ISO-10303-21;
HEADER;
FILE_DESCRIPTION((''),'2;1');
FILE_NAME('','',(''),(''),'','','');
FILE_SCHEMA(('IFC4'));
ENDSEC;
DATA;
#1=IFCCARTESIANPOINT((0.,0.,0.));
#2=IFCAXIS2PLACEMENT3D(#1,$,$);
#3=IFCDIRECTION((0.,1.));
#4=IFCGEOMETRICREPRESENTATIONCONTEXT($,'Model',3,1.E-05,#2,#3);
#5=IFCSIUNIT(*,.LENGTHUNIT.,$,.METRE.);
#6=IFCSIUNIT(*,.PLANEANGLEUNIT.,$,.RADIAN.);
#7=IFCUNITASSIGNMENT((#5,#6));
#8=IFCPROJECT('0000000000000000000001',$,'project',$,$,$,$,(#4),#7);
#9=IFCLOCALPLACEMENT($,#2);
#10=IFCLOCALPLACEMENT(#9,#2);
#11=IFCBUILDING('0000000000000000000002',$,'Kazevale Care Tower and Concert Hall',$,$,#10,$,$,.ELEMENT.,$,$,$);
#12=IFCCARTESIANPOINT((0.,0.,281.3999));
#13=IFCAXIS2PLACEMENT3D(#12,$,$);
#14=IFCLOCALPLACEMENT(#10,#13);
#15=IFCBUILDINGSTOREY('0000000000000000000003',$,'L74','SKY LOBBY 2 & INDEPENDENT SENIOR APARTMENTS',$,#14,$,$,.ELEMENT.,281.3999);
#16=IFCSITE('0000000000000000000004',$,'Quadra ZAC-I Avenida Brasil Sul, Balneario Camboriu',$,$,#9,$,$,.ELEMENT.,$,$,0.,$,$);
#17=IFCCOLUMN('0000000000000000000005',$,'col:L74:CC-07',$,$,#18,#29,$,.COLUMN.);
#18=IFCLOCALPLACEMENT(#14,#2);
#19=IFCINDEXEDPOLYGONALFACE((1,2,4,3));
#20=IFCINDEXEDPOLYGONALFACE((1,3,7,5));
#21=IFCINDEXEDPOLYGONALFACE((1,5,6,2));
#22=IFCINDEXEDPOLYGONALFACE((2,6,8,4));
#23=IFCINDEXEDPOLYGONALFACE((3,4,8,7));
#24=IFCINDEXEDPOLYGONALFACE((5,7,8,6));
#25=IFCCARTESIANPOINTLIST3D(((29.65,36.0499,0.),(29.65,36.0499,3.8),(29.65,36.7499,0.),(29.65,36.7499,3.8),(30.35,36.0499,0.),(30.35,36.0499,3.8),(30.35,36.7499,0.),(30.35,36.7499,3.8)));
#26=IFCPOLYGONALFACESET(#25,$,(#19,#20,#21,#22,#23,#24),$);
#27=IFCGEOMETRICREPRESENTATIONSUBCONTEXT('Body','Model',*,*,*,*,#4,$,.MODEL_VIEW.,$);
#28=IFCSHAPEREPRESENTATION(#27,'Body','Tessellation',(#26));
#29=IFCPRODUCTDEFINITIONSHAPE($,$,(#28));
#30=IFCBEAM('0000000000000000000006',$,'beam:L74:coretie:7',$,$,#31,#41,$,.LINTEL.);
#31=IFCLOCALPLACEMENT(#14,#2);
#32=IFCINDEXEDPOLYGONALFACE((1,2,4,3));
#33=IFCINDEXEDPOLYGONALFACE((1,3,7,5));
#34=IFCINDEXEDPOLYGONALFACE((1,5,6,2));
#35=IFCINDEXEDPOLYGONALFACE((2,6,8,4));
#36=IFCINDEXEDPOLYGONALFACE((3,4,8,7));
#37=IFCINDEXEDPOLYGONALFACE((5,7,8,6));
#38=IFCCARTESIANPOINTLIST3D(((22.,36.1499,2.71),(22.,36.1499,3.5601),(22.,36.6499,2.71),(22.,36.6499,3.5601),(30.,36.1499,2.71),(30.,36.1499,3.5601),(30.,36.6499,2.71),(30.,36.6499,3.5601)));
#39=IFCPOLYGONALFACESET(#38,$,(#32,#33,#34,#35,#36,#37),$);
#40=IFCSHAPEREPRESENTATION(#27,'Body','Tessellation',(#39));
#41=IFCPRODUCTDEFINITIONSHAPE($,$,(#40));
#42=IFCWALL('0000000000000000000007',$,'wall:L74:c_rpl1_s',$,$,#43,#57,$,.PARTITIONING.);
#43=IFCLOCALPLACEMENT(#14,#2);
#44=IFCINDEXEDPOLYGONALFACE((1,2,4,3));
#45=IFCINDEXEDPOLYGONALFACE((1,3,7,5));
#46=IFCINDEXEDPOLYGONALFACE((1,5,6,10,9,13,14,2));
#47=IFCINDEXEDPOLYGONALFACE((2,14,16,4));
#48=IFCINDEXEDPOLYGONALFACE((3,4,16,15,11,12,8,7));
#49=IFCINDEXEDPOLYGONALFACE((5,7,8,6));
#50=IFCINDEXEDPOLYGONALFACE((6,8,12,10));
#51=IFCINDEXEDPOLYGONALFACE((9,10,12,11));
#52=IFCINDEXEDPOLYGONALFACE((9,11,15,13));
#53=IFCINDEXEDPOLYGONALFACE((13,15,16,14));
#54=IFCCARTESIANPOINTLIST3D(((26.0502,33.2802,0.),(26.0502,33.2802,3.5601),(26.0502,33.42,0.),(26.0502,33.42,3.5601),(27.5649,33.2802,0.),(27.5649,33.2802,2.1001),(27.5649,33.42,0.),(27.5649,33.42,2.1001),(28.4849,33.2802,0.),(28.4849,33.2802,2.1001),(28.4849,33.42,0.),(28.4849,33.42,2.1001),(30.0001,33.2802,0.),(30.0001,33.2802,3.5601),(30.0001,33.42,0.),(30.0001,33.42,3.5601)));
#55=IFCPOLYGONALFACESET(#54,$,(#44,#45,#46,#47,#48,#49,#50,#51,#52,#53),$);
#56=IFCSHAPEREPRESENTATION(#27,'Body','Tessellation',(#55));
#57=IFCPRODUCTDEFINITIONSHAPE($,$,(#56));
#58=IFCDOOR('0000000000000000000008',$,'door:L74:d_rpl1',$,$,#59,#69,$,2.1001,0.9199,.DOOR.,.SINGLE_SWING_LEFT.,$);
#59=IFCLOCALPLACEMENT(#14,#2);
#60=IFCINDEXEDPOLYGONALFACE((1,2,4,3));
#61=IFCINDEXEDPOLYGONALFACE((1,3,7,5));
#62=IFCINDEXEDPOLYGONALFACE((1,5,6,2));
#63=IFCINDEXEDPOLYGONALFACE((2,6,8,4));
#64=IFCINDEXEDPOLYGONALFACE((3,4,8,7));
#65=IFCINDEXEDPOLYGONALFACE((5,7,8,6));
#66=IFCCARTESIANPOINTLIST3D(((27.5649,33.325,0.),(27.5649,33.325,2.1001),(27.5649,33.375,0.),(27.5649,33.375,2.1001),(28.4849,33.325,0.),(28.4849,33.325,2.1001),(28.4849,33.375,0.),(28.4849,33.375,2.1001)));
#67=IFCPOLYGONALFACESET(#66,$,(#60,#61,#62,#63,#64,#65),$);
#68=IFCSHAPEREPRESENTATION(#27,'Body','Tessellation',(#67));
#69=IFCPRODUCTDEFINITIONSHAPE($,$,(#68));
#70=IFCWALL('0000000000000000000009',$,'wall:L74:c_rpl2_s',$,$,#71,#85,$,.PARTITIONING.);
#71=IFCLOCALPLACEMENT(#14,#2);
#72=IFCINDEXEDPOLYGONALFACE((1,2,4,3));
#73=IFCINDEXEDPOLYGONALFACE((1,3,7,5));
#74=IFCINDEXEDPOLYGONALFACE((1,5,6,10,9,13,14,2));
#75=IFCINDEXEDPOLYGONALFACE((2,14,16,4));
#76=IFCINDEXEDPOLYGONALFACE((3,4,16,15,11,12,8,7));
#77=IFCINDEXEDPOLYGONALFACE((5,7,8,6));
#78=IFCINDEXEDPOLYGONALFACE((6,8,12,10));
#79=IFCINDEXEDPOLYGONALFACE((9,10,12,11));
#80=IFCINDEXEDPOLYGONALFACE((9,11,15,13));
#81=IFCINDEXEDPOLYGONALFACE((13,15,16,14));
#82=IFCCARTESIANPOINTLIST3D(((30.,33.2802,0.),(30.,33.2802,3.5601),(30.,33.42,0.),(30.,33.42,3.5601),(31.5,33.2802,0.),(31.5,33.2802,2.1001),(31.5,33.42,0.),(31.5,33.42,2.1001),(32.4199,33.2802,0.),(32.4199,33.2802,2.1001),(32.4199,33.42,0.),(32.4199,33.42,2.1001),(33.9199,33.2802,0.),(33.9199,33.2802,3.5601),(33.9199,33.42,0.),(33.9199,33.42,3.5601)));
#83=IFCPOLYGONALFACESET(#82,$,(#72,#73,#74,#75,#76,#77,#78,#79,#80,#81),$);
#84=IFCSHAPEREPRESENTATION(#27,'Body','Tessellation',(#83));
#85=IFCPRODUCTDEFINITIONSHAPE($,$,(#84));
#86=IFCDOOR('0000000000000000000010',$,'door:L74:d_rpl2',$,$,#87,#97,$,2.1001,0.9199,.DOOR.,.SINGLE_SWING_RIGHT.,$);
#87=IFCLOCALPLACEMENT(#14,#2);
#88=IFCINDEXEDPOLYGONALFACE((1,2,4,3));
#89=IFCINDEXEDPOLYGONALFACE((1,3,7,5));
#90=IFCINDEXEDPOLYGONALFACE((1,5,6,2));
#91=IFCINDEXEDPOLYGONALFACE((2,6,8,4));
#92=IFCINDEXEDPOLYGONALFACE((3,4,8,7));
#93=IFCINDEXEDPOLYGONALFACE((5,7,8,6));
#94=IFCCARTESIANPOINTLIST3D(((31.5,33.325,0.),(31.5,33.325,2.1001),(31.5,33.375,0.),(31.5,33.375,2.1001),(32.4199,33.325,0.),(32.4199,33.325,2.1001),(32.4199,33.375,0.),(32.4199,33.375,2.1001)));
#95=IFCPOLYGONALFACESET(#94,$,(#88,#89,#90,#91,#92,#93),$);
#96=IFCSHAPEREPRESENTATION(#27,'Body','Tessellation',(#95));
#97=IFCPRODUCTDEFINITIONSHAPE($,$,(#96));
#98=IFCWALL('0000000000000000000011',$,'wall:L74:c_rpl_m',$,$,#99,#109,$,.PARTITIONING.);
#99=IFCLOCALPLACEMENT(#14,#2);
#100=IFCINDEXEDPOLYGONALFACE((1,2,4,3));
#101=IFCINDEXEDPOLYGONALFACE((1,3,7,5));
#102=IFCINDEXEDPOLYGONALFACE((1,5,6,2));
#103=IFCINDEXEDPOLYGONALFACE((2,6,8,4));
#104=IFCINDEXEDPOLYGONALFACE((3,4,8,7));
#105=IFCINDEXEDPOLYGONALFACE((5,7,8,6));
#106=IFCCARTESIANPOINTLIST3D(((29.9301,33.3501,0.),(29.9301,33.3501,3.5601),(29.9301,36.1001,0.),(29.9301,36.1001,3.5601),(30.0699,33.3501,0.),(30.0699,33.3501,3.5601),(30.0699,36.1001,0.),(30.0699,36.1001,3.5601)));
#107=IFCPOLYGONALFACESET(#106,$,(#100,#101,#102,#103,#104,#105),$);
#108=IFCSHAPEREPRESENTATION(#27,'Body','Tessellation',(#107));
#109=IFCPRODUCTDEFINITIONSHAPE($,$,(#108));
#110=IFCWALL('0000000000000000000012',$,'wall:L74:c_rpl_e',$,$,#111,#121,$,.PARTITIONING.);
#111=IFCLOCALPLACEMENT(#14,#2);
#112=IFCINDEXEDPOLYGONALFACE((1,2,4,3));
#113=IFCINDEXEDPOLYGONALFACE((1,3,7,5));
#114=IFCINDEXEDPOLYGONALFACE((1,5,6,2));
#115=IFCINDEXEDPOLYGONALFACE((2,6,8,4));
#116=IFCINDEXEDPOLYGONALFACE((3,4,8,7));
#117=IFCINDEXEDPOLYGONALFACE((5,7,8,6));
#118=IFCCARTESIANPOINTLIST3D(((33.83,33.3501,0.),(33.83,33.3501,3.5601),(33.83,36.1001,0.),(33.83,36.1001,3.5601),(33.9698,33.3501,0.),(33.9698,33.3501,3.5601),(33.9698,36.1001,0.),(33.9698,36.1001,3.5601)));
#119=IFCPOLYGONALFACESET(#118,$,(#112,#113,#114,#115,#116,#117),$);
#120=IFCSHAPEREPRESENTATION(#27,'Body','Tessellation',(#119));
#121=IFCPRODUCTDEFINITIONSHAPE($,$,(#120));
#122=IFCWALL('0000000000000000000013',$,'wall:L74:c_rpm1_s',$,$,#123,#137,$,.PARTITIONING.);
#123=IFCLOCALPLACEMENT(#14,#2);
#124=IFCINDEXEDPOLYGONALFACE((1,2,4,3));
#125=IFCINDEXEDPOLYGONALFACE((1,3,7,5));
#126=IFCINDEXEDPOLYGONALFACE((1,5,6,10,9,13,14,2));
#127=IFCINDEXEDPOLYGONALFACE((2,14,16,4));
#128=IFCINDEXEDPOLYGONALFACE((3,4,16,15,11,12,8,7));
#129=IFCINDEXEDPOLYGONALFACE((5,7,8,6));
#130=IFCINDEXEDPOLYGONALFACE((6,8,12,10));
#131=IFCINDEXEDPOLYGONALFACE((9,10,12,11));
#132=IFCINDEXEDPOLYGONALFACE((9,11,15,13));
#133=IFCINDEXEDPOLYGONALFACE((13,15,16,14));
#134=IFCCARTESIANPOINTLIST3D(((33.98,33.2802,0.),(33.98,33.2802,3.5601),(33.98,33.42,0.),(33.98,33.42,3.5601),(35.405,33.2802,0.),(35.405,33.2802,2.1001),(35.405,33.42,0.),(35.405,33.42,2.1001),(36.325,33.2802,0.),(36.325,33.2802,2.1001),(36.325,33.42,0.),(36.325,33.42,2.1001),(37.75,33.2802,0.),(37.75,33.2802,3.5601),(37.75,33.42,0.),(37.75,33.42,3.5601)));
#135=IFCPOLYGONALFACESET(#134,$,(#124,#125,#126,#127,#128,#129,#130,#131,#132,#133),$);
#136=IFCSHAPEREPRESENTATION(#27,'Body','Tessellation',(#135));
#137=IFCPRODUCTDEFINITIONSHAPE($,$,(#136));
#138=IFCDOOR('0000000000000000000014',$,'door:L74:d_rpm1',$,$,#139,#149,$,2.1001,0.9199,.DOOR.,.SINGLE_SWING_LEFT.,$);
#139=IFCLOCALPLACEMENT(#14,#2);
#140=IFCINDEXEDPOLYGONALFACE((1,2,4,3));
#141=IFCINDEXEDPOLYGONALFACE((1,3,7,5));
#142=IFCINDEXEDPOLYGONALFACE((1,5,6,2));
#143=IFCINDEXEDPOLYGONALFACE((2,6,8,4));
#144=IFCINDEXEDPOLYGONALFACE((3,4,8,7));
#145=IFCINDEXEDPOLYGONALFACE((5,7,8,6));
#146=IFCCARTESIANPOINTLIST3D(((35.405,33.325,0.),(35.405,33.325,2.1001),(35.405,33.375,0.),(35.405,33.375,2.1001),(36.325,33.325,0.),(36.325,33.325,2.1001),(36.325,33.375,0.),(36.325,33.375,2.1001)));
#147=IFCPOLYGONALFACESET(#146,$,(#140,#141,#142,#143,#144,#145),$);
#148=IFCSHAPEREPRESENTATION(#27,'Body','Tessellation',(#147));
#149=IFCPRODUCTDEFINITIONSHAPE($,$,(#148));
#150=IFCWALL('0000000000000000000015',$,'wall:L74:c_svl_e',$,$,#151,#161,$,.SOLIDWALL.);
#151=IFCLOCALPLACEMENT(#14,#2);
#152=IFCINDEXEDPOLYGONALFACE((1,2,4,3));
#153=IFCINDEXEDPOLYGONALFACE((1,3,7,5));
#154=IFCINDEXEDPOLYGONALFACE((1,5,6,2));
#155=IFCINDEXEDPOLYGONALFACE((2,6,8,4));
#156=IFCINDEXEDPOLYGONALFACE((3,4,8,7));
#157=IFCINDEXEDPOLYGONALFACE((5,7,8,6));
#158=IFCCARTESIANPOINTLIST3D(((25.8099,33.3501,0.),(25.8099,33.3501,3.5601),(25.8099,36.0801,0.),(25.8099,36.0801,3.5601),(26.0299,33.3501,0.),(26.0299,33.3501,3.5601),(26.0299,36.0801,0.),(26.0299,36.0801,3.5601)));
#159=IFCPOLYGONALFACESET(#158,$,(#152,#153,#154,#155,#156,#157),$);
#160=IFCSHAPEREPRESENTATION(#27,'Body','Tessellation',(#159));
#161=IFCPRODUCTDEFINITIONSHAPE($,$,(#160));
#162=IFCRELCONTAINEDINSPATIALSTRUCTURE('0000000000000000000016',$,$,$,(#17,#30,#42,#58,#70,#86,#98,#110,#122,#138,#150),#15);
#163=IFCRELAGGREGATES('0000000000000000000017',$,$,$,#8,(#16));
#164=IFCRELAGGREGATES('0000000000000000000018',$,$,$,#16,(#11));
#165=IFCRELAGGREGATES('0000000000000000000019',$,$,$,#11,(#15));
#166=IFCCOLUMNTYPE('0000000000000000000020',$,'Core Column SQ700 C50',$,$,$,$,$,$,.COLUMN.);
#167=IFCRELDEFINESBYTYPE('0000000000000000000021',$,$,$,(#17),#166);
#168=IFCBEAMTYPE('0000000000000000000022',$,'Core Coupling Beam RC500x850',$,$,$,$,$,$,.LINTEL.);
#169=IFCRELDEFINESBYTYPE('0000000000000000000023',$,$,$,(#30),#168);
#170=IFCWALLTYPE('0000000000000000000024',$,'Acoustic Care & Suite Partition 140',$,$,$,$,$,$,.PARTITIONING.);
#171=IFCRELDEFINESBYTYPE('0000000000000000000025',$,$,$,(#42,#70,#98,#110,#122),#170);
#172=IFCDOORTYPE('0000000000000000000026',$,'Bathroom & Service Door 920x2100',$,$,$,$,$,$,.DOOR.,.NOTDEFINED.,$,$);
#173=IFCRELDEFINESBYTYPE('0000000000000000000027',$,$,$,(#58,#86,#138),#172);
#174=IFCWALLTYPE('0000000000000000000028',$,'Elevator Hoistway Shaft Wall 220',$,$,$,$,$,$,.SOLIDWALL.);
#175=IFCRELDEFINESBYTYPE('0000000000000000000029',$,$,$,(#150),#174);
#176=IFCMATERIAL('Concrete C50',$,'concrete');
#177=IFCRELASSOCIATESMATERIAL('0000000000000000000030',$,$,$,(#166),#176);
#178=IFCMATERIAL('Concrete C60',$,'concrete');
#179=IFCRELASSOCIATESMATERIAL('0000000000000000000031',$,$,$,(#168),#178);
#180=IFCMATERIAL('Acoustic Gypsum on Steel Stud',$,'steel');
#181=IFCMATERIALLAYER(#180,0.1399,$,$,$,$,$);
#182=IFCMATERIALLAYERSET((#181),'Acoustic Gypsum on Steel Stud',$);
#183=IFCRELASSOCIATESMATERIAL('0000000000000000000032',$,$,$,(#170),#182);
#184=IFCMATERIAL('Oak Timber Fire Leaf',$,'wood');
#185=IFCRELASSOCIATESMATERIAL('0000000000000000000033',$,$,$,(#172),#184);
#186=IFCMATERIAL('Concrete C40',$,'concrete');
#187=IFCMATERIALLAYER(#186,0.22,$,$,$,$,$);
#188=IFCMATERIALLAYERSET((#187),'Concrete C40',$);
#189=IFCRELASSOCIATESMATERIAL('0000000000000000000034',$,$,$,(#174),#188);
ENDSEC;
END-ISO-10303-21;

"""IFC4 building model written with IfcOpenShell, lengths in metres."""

from ifc_helpers import new_model, si_unit, direction, frame, frame_2d, origin, origin_2d, place, context, subcontext, project, spatial, rectangle, extrude, material, layer, layer_set, material_profile, profile_set, type_object, element, fill, save


model = new_model("IFC4")

# Units and contexts
model_context = context("Model", 3, precision=1e-05, world=origin(), true_north=direction((0.0, 1.0)))
body_context = subcontext(model_context, "Body", "Model", "MODEL_VIEW")
ifc_project = project(units=[si_unit("LENGTHUNIT", "METRE"), si_unit("PLANEANGLEUNIT", "RADIAN")], contexts=[model_context])

# Site, building, storey
site_placement = place(None, origin())
site = spatial("IfcSite", under=ifc_project, at=site_placement, Name="Quadra ZAC-I Avenida Brasil Sul, Balneario Camboriu", CompositionType="ELEMENT", RefElevation=0.0)
building_placement = place(site_placement, origin())
building = spatial("IfcBuilding", under=site, at=building_placement, Name="Kazevale Care Tower and Concert Hall", CompositionType="ELEMENT")
storey_placement = place(building_placement, frame((0.0, 0.0, 281.3999)))
storey = spatial("IfcBuildingStorey", under=building, at=storey_placement, Name="L74", Description="SKY LOBBY 2 & INDEPENDENT SENIOR APARTMENTS", CompositionType="ELEMENT", Elevation=281.3999)

# Column
ifc_material_1 = material(Name="Concrete C50", Category="concrete")
ifc_material_profile_1 = material_profile(ifc_material_1, rectangle(XDim=0.7, YDim=0.7, at=origin_2d()), Name="RC-SQ700")
ifc_profile_set_1 = profile_set([ifc_material_profile_1], Name="Concrete C50")
column_type = type_object("IfcColumnType", Name="Core Column SQ700 C50", PredefinedType="COLUMN", material=ifc_profile_set_1)
column_placement = place(storey_placement, frame((30.0, 36.3999, 0.0), z_axis=(0.0, 0.0, 1.0), x_axis=(1.0, 0.0, 0.0)))
element("IfcColumn", 1, at=column_placement, inside=storey, type_object=column_type, Name="col:L74:CC-07", PredefinedType="COLUMN", context=body_context, shape_type="SweptSolid", body=[
    extrude(rectangle(XDim=0.7, YDim=0.7, at=origin_2d()), origin(), (0.0, 0.0, 1.0), 3.8),
])

# Beam
ifc_material_2 = material(Name="Concrete C60", Category="concrete")
ifc_material_profile_2 = material_profile(ifc_material_2, rectangle(XDim=0.5, YDim=0.8501, at=origin_2d()), Name="RC-B500x850")
ifc_profile_set_2 = profile_set([ifc_material_profile_2], Name="Concrete C60")
beam_type = type_object("IfcBeamType", Name="Core Coupling Beam RC500x850", PredefinedType="LINTEL", material=ifc_profile_set_2)
beam_placement = place(storey_placement, frame((30.0, 36.3999, 3.135), z_axis=(-1.0, 0.0, 0.0), x_axis=(0.0, -1.0, 0.0)))
element("IfcBeam", 2, at=beam_placement, inside=storey, type_object=beam_type, Name="beam:L74:coretie:7", PredefinedType="LINTEL", context=body_context, shape_type="SweptSolid", body=[
    extrude(rectangle(XDim=0.5, YDim=0.8501, at=origin_2d()), origin(), (0.0, 0.0, 1.0), 8.0),
])

# Walls, openings, doors
ifc_material_3 = material(Name="Acoustic Gypsum on Steel Stud", Category="steel")
ifc_layer_1 = layer(ifc_material_3, 0.1399)
ifc_layer_set_1 = layer_set([ifc_layer_1], Name="Acoustic Gypsum on Steel Stud")
wall_type_1 = type_object("IfcWallType", Name="Acoustic Care & Suite Partition 140", PredefinedType="PARTITIONING", material=ifc_layer_set_1)
wall_1_placement = place(storey_placement, frame((26.05, 33.3501, 0.0), z_axis=(0.0, 0.0, 1.0), x_axis=(1.0, 0.0, 0.0)))
wall_1 = element("IfcWall", 3, at=wall_1_placement, inside=storey, type_object=wall_type_1, Name="wall:L74:c_rpl1_s", PredefinedType="PARTITIONING", context=body_context, shape_type="SweptSolid", body=[
    extrude(rectangle(XDim=3.95, YDim=0.1399, at=frame_2d((1.9751, 0.0))), origin(), (0.0, 0.0, 1.0), 3.5601),
])
opening_1_placement = place(wall_1_placement, frame((1.5149, 0.0, 0.0)))
opening_1 = element("IfcOpeningElement", 4, at=opening_1_placement, cuts=wall_1, PredefinedType="OPENING", context=body_context, shape_type="SweptSolid", body=[
    extrude(rectangle(XDim=0.9199, YDim=2.1001, at=frame_2d((0.46, 1.05))), frame((0.0, 0.0798, 0.0), z_axis=(0.0, -1.0, 0.0), x_axis=(1.0, 0.0, 0.0)), (0.0, 0.0, 1.0), 0.1599),
])
ifc_material_4 = material(Name="Oak Timber Fire Leaf", Category="wood")
door_type_1 = type_object("IfcDoorType", Name="Bathroom & Service Door 920x2100", OperationType="NOTDEFINED", PredefinedType="DOOR", material=ifc_material_4)
door_1_placement = place(opening_1_placement, origin())
door_1 = element("IfcDoor", 5, at=door_1_placement, inside=storey, type_object=door_type_1, Name="door:L74:d_rpl1", OperationType="SINGLE_SWING_LEFT", OverallHeight=2.1001, OverallWidth=0.9199, PredefinedType="DOOR", context=body_context, shape_type="SweptSolid", body=[
    extrude(rectangle(XDim=0.9199, YDim=2.1001, at=frame_2d((0.46, 1.05))), frame((0.0, 0.0249, 0.0), z_axis=(0.0, -1.0, 0.0), x_axis=(1.0, 0.0, 0.0)), (0.0, 0.0, 1.0), 0.05),
])
fill(opening_1, door_1)
wall_2_placement = place(storey_placement, frame((30.0, 33.3501, 0.0), z_axis=(0.0, 0.0, 1.0), x_axis=(1.0, 0.0, 0.0)))
wall_2 = element("IfcWall", 6, at=wall_2_placement, inside=storey, type_object=wall_type_1, Name="wall:L74:c_rpl2_s", PredefinedType="PARTITIONING", context=body_context, shape_type="SweptSolid", body=[
    extrude(rectangle(XDim=3.9199, YDim=0.1399, at=frame_2d((1.96, 0.0))), origin(), (0.0, 0.0, 1.0), 3.5601),
])
opening_2_placement = place(wall_2_placement, frame((1.5, 0.0, 0.0)))
opening_2 = element("IfcOpeningElement", 7, at=opening_2_placement, cuts=wall_2, PredefinedType="OPENING", context=body_context, shape_type="SweptSolid", body=[
    extrude(rectangle(XDim=0.9199, YDim=2.1001, at=frame_2d((0.46, 1.05))), frame((0.0, 0.0798, 0.0), z_axis=(0.0, -1.0, 0.0), x_axis=(1.0, 0.0, 0.0)), (0.0, 0.0, 1.0), 0.1599),
])
door_2_placement = place(opening_2_placement, origin())
door_2 = element("IfcDoor", 8, at=door_2_placement, inside=storey, type_object=door_type_1, Name="door:L74:d_rpl2", OperationType="SINGLE_SWING_RIGHT", OverallHeight=2.1001, OverallWidth=0.9199, PredefinedType="DOOR", context=body_context, shape_type="SweptSolid", body=[
    extrude(rectangle(XDim=0.9199, YDim=2.1001, at=frame_2d((0.46, 1.05))), frame((0.0, 0.0249, 0.0), z_axis=(0.0, -1.0, 0.0), x_axis=(1.0, 0.0, 0.0)), (0.0, 0.0, 1.0), 0.05),
])
fill(opening_2, door_2)

# Walls
for number, where, z_axis, x_axis, name in (
    (9, (30.0, 33.3501, 0.0), (0.0, 0.0, 1.0), (0.0, 1.0, 0.0), "wall:L74:c_rpl_m"),
    (10, (33.8999, 33.3501, 0.0), (0.0, 0.0, 1.0), (0.0, 1.0, 0.0), "wall:L74:c_rpl_e"),
):
    element("IfcWall", number, at=place(storey_placement, frame(where, z_axis=z_axis, x_axis=x_axis)), inside=storey, type_object=wall_type_1, Name=name, PredefinedType="PARTITIONING", context=body_context, shape_type="SweptSolid", body=[
        extrude(rectangle(XDim=2.75, YDim=0.1399, at=frame_2d((1.375, 0.0))), origin(), (0.0, 0.0, 1.0), 3.5601),
    ])

# Wall, opening, door
wall_3_placement = place(storey_placement, frame((33.98, 33.3501, 0.0), z_axis=(0.0, 0.0, 1.0), x_axis=(1.0, 0.0, 0.0)))
wall_3 = element("IfcWall", 11, at=wall_3_placement, inside=storey, type_object=wall_type_1, Name="wall:L74:c_rpm1_s", PredefinedType="PARTITIONING", context=body_context, shape_type="SweptSolid", body=[
    extrude(rectangle(XDim=3.77, YDim=0.1399, at=frame_2d((1.885, 0.0))), origin(), (0.0, 0.0, 1.0), 3.5601),
])
opening_3_placement = place(wall_3_placement, frame((1.425, 0.0, 0.0)))
opening_3 = element("IfcOpeningElement", 12, at=opening_3_placement, cuts=wall_3, PredefinedType="OPENING", context=body_context, shape_type="SweptSolid", body=[
    extrude(rectangle(XDim=0.9199, YDim=2.1001, at=frame_2d((0.46, 1.05))), frame((0.0, 0.0798, 0.0), z_axis=(0.0, -1.0, 0.0), x_axis=(1.0, 0.0, 0.0)), (0.0, 0.0, 1.0), 0.1599),
])
door_3_placement = place(opening_3_placement, origin())
door_3 = element("IfcDoor", 13, at=door_3_placement, inside=storey, type_object=door_type_1, Name="door:L74:d_rpm1", OperationType="SINGLE_SWING_LEFT", OverallHeight=2.1001, OverallWidth=0.9199, PredefinedType="DOOR", context=body_context, shape_type="SweptSolid", body=[
    extrude(rectangle(XDim=0.9199, YDim=2.1001, at=frame_2d((0.46, 1.05))), frame((0.0, 0.0249, 0.0), z_axis=(0.0, -1.0, 0.0), x_axis=(1.0, 0.0, 0.0)), (0.0, 0.0, 1.0), 0.05),
])
fill(opening_3, door_3)

# Wall
ifc_material_5 = material(Name="Concrete C40", Category="concrete")
ifc_layer_2 = layer(ifc_material_5, 0.22)
ifc_layer_set_2 = layer_set([ifc_layer_2], Name="Concrete C40")
wall_type_2 = type_object("IfcWallType", Name="Elevator Hoistway Shaft Wall 220", PredefinedType="SOLIDWALL", material=ifc_layer_set_2)
wall_4_placement = place(storey_placement, frame((25.9199, 33.3501, 0.0), z_axis=(0.0, 0.0, 1.0), x_axis=(0.0, 1.0, 0.0)))
element("IfcWall", 14, at=wall_4_placement, inside=storey, type_object=wall_type_2, Name="wall:L74:c_svl_e", PredefinedType="SOLIDWALL", context=body_context, shape_type="SweptSolid", body=[
    extrude(rectangle(XDim=2.73, YDim=0.22, at=frame_2d((1.365, 0.0))), origin(), (0.0, 0.0, 1.0), 3.5601),
])

save(model, "model.ifc")
